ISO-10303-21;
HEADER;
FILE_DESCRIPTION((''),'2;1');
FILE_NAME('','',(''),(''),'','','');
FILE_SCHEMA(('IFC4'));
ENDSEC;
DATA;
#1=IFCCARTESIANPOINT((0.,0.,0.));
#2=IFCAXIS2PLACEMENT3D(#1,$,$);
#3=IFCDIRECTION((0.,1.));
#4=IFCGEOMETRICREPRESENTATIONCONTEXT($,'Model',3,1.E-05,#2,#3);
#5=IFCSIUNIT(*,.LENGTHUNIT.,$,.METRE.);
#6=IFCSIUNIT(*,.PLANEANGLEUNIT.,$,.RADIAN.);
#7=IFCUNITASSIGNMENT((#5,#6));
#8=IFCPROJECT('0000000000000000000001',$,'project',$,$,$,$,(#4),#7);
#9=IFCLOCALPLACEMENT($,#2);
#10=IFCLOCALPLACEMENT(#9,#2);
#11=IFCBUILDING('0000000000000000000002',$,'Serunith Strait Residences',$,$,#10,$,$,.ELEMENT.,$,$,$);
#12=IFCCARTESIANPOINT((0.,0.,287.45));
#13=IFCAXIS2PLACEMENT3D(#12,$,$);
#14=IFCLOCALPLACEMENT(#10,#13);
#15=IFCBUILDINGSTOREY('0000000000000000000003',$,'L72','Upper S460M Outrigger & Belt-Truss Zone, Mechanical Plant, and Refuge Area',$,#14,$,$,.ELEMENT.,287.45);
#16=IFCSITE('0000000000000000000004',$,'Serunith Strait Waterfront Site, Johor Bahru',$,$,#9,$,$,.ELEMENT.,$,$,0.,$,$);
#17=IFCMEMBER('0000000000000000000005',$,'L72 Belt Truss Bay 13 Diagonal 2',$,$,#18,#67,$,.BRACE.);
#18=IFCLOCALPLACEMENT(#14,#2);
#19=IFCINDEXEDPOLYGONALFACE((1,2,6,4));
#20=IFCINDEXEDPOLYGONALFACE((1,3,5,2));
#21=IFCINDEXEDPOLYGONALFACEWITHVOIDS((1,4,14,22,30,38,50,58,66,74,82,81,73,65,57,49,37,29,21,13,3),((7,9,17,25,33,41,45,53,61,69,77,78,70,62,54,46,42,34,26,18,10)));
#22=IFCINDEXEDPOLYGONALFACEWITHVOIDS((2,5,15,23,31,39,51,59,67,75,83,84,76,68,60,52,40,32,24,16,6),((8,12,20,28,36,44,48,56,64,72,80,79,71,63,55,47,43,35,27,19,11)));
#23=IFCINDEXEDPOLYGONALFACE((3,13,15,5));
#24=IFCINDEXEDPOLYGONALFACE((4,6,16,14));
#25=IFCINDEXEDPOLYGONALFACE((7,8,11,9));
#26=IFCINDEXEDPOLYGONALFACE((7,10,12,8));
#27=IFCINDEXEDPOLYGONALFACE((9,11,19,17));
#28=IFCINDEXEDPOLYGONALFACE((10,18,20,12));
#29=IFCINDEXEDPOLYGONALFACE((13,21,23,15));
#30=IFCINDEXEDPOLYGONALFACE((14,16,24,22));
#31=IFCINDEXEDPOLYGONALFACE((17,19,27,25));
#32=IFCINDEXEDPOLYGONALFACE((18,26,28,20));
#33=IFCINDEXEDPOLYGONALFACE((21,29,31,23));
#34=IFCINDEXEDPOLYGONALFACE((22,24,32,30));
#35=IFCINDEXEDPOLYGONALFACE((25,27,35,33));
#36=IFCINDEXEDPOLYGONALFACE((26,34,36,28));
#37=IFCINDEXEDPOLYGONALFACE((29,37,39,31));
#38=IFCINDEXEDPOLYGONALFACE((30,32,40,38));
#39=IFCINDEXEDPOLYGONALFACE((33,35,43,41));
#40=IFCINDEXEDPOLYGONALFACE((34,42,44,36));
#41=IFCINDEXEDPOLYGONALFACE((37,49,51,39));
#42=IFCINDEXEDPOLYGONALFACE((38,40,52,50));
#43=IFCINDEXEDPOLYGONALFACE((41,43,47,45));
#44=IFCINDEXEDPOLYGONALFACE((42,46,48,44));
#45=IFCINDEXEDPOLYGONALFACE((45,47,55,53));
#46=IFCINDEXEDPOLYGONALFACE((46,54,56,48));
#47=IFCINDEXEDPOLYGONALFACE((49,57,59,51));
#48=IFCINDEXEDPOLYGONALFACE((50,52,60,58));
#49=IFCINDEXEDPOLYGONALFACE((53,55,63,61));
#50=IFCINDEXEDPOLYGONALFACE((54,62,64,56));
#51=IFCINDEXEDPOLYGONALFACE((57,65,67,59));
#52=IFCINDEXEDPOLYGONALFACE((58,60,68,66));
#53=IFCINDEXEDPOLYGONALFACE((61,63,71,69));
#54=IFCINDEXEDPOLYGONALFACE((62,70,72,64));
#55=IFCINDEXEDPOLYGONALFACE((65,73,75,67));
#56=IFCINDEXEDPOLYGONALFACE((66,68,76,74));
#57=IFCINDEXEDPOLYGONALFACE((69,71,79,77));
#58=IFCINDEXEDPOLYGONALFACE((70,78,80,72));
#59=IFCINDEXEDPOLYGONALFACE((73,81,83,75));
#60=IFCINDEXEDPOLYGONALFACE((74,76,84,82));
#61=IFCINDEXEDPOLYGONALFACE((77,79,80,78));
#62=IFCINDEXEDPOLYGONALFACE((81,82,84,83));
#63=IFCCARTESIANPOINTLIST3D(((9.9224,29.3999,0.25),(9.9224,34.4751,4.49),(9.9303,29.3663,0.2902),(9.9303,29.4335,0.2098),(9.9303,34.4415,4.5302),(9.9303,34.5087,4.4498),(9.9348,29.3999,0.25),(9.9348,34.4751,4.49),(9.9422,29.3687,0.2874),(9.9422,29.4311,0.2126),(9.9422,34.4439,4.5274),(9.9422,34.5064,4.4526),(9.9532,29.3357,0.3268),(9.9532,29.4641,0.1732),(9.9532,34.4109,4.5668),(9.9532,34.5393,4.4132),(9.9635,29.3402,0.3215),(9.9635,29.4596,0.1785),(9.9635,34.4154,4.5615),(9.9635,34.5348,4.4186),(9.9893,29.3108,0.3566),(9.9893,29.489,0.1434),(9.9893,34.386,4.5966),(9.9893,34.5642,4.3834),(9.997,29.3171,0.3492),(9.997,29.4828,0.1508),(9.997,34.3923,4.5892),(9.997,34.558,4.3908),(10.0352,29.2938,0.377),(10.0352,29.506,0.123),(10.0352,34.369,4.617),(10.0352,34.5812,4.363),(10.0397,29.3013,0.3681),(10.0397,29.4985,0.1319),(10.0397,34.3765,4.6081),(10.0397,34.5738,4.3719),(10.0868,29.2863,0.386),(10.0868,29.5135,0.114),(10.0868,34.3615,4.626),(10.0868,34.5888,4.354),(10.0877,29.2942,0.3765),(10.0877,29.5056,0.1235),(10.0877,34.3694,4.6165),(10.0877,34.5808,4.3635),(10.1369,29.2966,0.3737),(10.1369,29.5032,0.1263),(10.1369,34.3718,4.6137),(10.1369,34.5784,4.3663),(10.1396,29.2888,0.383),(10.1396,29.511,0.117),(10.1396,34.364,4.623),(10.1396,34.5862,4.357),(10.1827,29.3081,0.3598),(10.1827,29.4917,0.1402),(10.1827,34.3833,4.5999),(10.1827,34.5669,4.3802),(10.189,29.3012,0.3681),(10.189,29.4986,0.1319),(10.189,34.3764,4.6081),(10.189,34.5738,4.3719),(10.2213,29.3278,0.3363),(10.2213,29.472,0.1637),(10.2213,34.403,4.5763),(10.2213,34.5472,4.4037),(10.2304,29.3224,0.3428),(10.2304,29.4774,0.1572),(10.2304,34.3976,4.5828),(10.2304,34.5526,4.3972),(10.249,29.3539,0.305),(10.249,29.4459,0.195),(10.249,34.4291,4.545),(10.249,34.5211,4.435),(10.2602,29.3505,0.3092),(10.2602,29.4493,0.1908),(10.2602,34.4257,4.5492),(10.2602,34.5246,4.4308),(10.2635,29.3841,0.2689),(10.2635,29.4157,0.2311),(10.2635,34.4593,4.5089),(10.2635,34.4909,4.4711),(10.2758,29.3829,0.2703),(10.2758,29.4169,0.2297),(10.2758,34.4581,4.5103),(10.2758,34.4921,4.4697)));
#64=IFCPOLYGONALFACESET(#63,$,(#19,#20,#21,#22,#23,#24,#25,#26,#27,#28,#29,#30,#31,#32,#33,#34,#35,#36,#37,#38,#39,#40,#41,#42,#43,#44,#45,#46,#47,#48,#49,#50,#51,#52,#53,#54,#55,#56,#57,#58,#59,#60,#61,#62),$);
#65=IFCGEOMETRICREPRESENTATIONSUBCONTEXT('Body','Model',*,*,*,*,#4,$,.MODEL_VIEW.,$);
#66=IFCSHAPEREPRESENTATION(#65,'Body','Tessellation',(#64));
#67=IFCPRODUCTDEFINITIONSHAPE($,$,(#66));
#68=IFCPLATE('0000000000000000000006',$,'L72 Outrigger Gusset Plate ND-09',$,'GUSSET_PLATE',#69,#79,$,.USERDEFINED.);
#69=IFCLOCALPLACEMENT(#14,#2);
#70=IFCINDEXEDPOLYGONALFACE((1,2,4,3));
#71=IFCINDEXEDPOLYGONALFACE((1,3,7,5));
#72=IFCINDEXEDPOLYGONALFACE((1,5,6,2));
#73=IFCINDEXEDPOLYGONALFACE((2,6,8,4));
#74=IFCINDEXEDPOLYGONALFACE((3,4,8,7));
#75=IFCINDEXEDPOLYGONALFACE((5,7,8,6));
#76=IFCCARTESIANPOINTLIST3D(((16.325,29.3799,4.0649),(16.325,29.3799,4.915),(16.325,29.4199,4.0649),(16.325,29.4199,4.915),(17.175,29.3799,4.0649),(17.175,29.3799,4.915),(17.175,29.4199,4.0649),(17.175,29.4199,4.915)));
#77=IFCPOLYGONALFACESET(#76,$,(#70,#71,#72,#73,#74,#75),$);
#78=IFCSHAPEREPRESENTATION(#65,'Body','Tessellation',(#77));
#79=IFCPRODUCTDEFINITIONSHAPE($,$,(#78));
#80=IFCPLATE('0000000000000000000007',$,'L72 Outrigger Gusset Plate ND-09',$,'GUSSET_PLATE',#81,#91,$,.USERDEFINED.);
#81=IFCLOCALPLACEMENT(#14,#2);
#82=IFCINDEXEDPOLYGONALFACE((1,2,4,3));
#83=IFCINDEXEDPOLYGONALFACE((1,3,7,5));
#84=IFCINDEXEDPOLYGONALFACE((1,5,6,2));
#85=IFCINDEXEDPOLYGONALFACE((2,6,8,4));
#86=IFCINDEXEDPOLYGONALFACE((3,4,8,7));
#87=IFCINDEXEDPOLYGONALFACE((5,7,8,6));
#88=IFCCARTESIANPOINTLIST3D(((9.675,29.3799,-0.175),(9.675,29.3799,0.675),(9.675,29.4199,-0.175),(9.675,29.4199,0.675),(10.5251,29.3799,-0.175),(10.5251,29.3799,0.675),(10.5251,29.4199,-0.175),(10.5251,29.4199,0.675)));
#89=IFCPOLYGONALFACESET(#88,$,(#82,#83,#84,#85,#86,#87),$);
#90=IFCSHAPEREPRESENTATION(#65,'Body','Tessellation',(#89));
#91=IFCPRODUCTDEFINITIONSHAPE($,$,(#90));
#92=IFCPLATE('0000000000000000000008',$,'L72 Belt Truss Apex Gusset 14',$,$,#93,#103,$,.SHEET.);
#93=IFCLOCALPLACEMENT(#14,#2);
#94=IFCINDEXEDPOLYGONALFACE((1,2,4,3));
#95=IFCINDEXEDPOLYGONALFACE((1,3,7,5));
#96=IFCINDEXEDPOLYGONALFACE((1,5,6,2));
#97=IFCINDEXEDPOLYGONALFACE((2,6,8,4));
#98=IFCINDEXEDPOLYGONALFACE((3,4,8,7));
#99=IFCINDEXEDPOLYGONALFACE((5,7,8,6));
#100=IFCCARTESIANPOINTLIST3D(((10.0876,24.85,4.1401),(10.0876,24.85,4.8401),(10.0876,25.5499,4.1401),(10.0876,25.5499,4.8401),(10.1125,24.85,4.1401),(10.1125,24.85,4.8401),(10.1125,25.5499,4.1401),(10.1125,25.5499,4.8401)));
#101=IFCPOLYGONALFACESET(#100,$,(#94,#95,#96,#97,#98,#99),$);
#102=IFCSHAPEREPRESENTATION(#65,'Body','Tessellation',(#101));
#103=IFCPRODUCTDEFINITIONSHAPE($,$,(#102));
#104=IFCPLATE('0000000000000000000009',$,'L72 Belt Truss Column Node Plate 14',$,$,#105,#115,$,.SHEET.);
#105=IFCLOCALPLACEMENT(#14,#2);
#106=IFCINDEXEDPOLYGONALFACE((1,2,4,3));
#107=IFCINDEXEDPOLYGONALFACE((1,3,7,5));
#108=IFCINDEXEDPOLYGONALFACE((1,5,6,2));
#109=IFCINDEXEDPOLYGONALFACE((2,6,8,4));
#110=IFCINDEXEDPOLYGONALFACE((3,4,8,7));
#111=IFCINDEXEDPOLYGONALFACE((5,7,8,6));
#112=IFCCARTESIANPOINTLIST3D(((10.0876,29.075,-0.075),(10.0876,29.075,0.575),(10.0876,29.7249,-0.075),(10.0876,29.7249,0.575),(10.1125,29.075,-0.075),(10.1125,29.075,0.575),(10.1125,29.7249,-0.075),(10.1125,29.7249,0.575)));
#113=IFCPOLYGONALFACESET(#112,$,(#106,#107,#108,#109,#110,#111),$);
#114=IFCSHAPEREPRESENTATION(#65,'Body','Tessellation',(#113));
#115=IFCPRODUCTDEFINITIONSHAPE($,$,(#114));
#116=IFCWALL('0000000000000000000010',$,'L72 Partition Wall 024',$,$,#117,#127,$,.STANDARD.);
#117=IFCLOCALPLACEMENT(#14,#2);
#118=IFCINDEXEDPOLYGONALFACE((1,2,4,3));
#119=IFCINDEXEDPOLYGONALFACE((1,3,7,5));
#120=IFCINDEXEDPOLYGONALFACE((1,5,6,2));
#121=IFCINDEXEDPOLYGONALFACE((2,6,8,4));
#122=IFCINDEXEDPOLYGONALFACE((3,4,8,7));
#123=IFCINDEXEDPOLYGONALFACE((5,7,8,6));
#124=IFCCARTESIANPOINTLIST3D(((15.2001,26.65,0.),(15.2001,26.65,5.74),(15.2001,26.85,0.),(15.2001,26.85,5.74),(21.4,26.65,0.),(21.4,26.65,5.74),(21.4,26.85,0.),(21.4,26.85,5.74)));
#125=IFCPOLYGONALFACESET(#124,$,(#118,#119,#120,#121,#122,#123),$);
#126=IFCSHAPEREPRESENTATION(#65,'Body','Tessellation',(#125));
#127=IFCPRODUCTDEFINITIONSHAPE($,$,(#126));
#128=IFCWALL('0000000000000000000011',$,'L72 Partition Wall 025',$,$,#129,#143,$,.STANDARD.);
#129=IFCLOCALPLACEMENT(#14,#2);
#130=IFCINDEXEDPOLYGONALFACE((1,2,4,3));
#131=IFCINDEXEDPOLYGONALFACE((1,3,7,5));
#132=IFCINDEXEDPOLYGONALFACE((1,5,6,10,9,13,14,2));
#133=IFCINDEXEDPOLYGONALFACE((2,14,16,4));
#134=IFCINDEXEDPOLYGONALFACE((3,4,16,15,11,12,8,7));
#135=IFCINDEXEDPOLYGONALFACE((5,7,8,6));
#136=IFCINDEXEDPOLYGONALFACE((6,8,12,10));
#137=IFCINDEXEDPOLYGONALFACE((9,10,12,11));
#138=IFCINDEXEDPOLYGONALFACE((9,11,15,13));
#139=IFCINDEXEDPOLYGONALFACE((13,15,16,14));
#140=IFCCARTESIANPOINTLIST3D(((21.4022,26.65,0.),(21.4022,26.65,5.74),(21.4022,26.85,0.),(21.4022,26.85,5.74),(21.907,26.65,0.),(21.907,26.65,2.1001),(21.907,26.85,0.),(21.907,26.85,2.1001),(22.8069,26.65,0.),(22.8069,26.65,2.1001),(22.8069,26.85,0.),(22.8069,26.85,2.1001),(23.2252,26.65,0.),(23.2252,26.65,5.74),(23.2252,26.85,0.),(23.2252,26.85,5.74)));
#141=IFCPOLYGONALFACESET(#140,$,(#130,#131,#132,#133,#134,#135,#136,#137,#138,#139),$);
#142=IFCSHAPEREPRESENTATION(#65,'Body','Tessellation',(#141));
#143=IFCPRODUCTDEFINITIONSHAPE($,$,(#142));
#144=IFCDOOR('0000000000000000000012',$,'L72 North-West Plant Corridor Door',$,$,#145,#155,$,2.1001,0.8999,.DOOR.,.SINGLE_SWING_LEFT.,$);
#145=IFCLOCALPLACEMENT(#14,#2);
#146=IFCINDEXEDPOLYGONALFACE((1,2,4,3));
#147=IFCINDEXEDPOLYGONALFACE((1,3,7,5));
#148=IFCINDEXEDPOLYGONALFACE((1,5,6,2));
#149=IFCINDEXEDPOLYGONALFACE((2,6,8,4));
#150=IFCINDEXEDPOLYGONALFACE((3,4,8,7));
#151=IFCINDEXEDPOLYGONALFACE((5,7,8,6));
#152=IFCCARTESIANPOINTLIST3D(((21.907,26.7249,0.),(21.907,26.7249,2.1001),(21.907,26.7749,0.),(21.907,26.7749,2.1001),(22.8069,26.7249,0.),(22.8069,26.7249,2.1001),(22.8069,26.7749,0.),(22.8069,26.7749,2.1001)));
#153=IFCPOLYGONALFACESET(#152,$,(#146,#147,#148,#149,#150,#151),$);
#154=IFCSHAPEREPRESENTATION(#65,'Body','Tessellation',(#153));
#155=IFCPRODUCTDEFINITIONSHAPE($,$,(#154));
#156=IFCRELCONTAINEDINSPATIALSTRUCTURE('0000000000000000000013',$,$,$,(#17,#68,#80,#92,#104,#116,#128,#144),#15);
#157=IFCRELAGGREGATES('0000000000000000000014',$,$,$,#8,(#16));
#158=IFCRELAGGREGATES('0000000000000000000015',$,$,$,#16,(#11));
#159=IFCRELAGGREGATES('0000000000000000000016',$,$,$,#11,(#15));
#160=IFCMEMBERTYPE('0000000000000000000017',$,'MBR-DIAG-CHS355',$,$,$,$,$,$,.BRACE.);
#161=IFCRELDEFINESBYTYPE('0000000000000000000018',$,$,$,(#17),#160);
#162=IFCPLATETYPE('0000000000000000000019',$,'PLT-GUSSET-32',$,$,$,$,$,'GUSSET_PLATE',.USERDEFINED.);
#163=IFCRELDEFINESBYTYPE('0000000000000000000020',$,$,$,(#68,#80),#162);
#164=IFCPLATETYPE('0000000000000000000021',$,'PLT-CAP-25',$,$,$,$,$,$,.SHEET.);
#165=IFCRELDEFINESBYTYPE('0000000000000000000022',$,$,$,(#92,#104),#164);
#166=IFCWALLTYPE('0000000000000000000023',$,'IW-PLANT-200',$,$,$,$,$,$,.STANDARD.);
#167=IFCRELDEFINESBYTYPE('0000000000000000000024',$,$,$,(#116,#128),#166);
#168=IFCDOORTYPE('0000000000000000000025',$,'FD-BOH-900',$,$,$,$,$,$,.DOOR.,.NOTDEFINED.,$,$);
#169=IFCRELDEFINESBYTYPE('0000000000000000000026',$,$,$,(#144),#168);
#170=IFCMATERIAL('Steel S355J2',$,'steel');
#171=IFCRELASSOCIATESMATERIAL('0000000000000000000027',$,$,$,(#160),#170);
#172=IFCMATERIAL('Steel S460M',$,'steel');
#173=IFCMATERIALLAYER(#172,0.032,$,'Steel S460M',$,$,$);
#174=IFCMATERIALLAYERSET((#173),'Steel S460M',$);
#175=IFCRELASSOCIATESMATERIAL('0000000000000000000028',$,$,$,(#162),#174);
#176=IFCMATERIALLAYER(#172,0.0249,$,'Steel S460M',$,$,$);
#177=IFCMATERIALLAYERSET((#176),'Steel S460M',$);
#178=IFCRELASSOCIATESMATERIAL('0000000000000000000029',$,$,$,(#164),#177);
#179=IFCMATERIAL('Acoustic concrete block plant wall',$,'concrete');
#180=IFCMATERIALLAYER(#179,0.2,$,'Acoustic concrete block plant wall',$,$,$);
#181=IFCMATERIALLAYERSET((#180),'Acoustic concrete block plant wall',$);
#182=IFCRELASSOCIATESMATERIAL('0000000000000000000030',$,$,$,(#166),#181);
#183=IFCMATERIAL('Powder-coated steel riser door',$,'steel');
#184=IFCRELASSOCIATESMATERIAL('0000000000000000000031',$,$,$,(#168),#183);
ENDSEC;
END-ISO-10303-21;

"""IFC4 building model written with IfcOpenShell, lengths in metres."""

from ifc_helpers import new_model, si_unit, direction, frame, frame_2d, origin, origin_2d, place, context, subcontext, project, spatial, rectangle, hollow_circle, extrude, source, transform, mapped, material, layer, layer_set, material_profile, profile_set, type_object, element, fill, save


model = new_model("IFC4")

# Units and contexts
model_context = context("Model", 3, precision=1e-05, world=origin(), true_north=direction((0.0, 1.0)))
body_context = subcontext(model_context, "Body", "Model", "MODEL_VIEW")
ifc_project = project(units=[si_unit("LENGTHUNIT", "METRE"), si_unit("PLANEANGLEUNIT", "RADIAN")], contexts=[model_context])

# Site, building, storey
site_placement = place(None, origin())
site = spatial("IfcSite", under=ifc_project, at=site_placement, Name="Serunith Strait Waterfront Site, Johor Bahru", CompositionType="ELEMENT", RefElevation=0.0)
building_placement = place(site_placement, origin())
building = spatial("IfcBuilding", under=site, at=building_placement, Name="Serunith Strait Residences", CompositionType="ELEMENT")
storey_placement = place(building_placement, frame((0.0, 0.0, 287.45)))
storey = spatial("IfcBuildingStorey", under=building, at=storey_placement, Name="L72", Description="Upper S460M Outrigger & Belt-Truss Zone, Mechanical Plant, and Refuge Area", CompositionType="ELEMENT", Elevation=287.45)

# Shared definitions
ifc_material_1 = material(Name="Steel S355J2", Category="steel")

# Member
ifc_material_2 = material(Name="Steel S460M", Category="steel")
ifc_material_profile_1 = material_profile(ifc_material_1, hollow_circle(Radius=0.1777, WallThickness=0.0125, at=origin_2d()), Name="CHS 355.6x12.5")
ifc_profile_set_1 = profile_set([ifc_material_profile_1], Name="Steel S355J2")
member_type_1 = type_object("IfcMemberType", Name="MBR-DIAG-CHS355", PredefinedType="BRACE", material=ifc_profile_set_1)
shared_shape_1 = source(origin(), body_context, "Body", "SweptSolid", [
    extrude(hollow_circle(Radius=0.1777, WallThickness=0.0125, at=origin_2d()), origin(), (0.0, 0.0, 1.0), 6.6133),
])
member_1_placement = place(storey_placement, frame((10.1001, 29.3999, 0.25), z_axis=(0.0, 0.767428, 0.641135), x_axis=(-1.0, 0.0, 0.0)))
element("IfcMember", 1, at=member_1_placement, inside=storey, type_object=member_type_1, Name="L72 Belt Truss Bay 13 Diagonal 2", PredefinedType="BRACE", context=body_context, shape_type="MappedRepresentation", body=[
    mapped(shared_shape_1, transform((0.0, 0.0, 0.0), scale=1.0)),
])

# Plates
ifc_layer_1 = layer(ifc_material_2, 0.032, Name="Steel S460M")
ifc_layer_set_1 = layer_set([ifc_layer_1], Name="Steel S460M")
plate_type_1 = type_object("IfcPlateType", Name="PLT-GUSSET-32", ElementType="GUSSET_PLATE", PredefinedType="USERDEFINED", material=ifc_layer_set_1)
shared_shape_2 = source(origin(), body_context, "Body", "SweptSolid", [
    extrude(rectangle(XDim=0.8501, YDim=0.04, at=origin_2d()), origin(), (0.0, 0.0, 1.0), 0.8501),
])
for number, where, z_axis, x_axis, name in (
    (2, (16.75, 29.3999, 4.0649), (0.0, 0.0, 1.0), (-1.0, 0.0, 0.0), "L72 Outrigger Gusset Plate ND-09"),
    (3, (10.1001, 29.3999, -0.175), (0.0, 0.0, 1.0), (-1.0, 0.0, 0.0), "L72 Outrigger Gusset Plate ND-09"),
):
    element("IfcPlate", number, at=place(storey_placement, frame(where, z_axis=z_axis, x_axis=x_axis)), inside=storey, type_object=plate_type_1, Name=name, ObjectType="GUSSET_PLATE", PredefinedType="USERDEFINED", context=body_context, shape_type="MappedRepresentation", body=[
        mapped(shared_shape_2, transform((0.0, 0.0, 0.0), scale=1.0)),
    ])
ifc_layer_2 = layer(ifc_material_2, 0.0249, Name="Steel S460M")
ifc_layer_set_2 = layer_set([ifc_layer_2], Name="Steel S460M")
plate_type_2 = type_object("IfcPlateType", Name="PLT-CAP-25", PredefinedType="SHEET", material=ifc_layer_set_2)
shared_shape_3 = source(origin(), body_context, "Body", "SweptSolid", [
    extrude(rectangle(XDim=0.7, YDim=0.0249, at=origin_2d()), origin(), (0.0, 0.0, 1.0), 0.7),
])
plate_1_placement = place(storey_placement, frame((10.1001, 25.2, 4.1401), z_axis=(0.0, 0.0, 1.0), x_axis=(0.0, -1.0, 0.0)))
element("IfcPlate", 4, at=plate_1_placement, inside=storey, type_object=plate_type_2, Name="L72 Belt Truss Apex Gusset 14", PredefinedType="SHEET", context=body_context, shape_type="MappedRepresentation", body=[
    mapped(shared_shape_3, transform((0.0, 0.0, 0.0), scale=1.0)),
])
shared_shape_4 = source(origin(), body_context, "Body", "SweptSolid", [
    extrude(rectangle(XDim=0.6499, YDim=0.0249, at=origin_2d()), origin(), (0.0, 0.0, 1.0), 0.6499),
])
plate_2_placement = place(storey_placement, frame((10.1001, 29.3999, -0.075), z_axis=(0.0, 0.0, 1.0), x_axis=(0.0, -1.0, 0.0)))
element("IfcPlate", 5, at=plate_2_placement, inside=storey, type_object=plate_type_2, Name="L72 Belt Truss Column Node Plate 14", PredefinedType="SHEET", context=body_context, shape_type="MappedRepresentation", body=[
    mapped(shared_shape_4, transform((0.0, 0.0, 0.0), scale=1.0)),
])

# Wall
ifc_material_3 = material(Name="Acoustic concrete block plant wall", Category="concrete")
ifc_layer_3 = layer(ifc_material_3, 0.2, Name="Acoustic concrete block plant wall")
ifc_layer_set_3 = layer_set([ifc_layer_3], Name="Acoustic concrete block plant wall")
wall_type_1 = type_object("IfcWallType", Name="IW-PLANT-200", PredefinedType="STANDARD", material=ifc_layer_set_3)
wall_1_placement = place(storey_placement, frame((15.2, 26.75, 0.0), z_axis=(0.0, 0.0, 1.0), x_axis=(1.0, 0.0, 0.0)))
element("IfcWall", 6, at=wall_1_placement, inside=storey, type_object=wall_type_1, Name="L72 Partition Wall 024", PredefinedType="STANDARD", context=body_context, shape_type="SweptSolid", body=[
    extrude(rectangle(XDim=6.2, YDim=0.2, at=frame_2d((3.1001, 0.0))), origin(), (0.0, 0.0, 1.0), 5.74),
])

# Wall, opening, door
wall_2_placement = place(storey_placement, frame((21.4021, 26.75, 0.0), z_axis=(0.0, 0.0, 1.0), x_axis=(1.0, 0.0, 0.0)))
wall_2 = element("IfcWall", 7, at=wall_2_placement, inside=storey, type_object=wall_type_1, Name="L72 Partition Wall 025", PredefinedType="STANDARD", context=body_context, shape_type="SweptSolid", body=[
    extrude(rectangle(XDim=1.823, YDim=0.2, at=frame_2d((0.9116, 0.0))), origin(), (0.0, 0.0, 1.0), 5.74),
])
opening_1_placement = place(wall_2_placement, frame((0.5049, 0.0, 0.0)))
opening_1 = element("IfcOpeningElement", 8, at=opening_1_placement, cuts=wall_2, PredefinedType="OPENING", context=body_context, shape_type="SweptSolid", body=[
    extrude(rectangle(XDim=0.8999, YDim=2.1001, at=frame_2d((0.45, 1.05))), frame((0.0, 0.1099, 0.0), z_axis=(0.0, -1.0, 0.0), x_axis=(1.0, 0.0, 0.0)), (0.0, 0.0, 1.0), 0.22),
])
ifc_material_4 = material(Name="Powder-coated steel riser door", Category="steel")
door_type_1 = type_object("IfcDoorType", Name="FD-BOH-900", OperationType="NOTDEFINED", PredefinedType="DOOR", material=ifc_material_4)
shared_shape_5 = source(origin(), body_context, "Body", "SweptSolid", [
    extrude(rectangle(XDim=0.8999, YDim=2.1001, at=frame_2d((0.45, 1.05))), frame((0.0, 0.0249, 0.0), z_axis=(0.0, -1.0, 0.0), x_axis=(1.0, 0.0, 0.0)), (0.0, 0.0, 1.0), 0.05),
])
door_1_placement = place(opening_1_placement, origin())
door_1 = element("IfcDoor", 9, at=door_1_placement, inside=storey, type_object=door_type_1, Name="L72 North-West Plant Corridor Door", OperationType="SINGLE_SWING_LEFT", OverallHeight=2.1001, OverallWidth=0.8999, PredefinedType="DOOR", context=body_context, shape_type="MappedRepresentation", body=[
    mapped(shared_shape_5, transform((0.0, 0.0, 0.0), scale=1.0)),
])
fill(opening_1, door_1)

save(model, "model.ifc")
